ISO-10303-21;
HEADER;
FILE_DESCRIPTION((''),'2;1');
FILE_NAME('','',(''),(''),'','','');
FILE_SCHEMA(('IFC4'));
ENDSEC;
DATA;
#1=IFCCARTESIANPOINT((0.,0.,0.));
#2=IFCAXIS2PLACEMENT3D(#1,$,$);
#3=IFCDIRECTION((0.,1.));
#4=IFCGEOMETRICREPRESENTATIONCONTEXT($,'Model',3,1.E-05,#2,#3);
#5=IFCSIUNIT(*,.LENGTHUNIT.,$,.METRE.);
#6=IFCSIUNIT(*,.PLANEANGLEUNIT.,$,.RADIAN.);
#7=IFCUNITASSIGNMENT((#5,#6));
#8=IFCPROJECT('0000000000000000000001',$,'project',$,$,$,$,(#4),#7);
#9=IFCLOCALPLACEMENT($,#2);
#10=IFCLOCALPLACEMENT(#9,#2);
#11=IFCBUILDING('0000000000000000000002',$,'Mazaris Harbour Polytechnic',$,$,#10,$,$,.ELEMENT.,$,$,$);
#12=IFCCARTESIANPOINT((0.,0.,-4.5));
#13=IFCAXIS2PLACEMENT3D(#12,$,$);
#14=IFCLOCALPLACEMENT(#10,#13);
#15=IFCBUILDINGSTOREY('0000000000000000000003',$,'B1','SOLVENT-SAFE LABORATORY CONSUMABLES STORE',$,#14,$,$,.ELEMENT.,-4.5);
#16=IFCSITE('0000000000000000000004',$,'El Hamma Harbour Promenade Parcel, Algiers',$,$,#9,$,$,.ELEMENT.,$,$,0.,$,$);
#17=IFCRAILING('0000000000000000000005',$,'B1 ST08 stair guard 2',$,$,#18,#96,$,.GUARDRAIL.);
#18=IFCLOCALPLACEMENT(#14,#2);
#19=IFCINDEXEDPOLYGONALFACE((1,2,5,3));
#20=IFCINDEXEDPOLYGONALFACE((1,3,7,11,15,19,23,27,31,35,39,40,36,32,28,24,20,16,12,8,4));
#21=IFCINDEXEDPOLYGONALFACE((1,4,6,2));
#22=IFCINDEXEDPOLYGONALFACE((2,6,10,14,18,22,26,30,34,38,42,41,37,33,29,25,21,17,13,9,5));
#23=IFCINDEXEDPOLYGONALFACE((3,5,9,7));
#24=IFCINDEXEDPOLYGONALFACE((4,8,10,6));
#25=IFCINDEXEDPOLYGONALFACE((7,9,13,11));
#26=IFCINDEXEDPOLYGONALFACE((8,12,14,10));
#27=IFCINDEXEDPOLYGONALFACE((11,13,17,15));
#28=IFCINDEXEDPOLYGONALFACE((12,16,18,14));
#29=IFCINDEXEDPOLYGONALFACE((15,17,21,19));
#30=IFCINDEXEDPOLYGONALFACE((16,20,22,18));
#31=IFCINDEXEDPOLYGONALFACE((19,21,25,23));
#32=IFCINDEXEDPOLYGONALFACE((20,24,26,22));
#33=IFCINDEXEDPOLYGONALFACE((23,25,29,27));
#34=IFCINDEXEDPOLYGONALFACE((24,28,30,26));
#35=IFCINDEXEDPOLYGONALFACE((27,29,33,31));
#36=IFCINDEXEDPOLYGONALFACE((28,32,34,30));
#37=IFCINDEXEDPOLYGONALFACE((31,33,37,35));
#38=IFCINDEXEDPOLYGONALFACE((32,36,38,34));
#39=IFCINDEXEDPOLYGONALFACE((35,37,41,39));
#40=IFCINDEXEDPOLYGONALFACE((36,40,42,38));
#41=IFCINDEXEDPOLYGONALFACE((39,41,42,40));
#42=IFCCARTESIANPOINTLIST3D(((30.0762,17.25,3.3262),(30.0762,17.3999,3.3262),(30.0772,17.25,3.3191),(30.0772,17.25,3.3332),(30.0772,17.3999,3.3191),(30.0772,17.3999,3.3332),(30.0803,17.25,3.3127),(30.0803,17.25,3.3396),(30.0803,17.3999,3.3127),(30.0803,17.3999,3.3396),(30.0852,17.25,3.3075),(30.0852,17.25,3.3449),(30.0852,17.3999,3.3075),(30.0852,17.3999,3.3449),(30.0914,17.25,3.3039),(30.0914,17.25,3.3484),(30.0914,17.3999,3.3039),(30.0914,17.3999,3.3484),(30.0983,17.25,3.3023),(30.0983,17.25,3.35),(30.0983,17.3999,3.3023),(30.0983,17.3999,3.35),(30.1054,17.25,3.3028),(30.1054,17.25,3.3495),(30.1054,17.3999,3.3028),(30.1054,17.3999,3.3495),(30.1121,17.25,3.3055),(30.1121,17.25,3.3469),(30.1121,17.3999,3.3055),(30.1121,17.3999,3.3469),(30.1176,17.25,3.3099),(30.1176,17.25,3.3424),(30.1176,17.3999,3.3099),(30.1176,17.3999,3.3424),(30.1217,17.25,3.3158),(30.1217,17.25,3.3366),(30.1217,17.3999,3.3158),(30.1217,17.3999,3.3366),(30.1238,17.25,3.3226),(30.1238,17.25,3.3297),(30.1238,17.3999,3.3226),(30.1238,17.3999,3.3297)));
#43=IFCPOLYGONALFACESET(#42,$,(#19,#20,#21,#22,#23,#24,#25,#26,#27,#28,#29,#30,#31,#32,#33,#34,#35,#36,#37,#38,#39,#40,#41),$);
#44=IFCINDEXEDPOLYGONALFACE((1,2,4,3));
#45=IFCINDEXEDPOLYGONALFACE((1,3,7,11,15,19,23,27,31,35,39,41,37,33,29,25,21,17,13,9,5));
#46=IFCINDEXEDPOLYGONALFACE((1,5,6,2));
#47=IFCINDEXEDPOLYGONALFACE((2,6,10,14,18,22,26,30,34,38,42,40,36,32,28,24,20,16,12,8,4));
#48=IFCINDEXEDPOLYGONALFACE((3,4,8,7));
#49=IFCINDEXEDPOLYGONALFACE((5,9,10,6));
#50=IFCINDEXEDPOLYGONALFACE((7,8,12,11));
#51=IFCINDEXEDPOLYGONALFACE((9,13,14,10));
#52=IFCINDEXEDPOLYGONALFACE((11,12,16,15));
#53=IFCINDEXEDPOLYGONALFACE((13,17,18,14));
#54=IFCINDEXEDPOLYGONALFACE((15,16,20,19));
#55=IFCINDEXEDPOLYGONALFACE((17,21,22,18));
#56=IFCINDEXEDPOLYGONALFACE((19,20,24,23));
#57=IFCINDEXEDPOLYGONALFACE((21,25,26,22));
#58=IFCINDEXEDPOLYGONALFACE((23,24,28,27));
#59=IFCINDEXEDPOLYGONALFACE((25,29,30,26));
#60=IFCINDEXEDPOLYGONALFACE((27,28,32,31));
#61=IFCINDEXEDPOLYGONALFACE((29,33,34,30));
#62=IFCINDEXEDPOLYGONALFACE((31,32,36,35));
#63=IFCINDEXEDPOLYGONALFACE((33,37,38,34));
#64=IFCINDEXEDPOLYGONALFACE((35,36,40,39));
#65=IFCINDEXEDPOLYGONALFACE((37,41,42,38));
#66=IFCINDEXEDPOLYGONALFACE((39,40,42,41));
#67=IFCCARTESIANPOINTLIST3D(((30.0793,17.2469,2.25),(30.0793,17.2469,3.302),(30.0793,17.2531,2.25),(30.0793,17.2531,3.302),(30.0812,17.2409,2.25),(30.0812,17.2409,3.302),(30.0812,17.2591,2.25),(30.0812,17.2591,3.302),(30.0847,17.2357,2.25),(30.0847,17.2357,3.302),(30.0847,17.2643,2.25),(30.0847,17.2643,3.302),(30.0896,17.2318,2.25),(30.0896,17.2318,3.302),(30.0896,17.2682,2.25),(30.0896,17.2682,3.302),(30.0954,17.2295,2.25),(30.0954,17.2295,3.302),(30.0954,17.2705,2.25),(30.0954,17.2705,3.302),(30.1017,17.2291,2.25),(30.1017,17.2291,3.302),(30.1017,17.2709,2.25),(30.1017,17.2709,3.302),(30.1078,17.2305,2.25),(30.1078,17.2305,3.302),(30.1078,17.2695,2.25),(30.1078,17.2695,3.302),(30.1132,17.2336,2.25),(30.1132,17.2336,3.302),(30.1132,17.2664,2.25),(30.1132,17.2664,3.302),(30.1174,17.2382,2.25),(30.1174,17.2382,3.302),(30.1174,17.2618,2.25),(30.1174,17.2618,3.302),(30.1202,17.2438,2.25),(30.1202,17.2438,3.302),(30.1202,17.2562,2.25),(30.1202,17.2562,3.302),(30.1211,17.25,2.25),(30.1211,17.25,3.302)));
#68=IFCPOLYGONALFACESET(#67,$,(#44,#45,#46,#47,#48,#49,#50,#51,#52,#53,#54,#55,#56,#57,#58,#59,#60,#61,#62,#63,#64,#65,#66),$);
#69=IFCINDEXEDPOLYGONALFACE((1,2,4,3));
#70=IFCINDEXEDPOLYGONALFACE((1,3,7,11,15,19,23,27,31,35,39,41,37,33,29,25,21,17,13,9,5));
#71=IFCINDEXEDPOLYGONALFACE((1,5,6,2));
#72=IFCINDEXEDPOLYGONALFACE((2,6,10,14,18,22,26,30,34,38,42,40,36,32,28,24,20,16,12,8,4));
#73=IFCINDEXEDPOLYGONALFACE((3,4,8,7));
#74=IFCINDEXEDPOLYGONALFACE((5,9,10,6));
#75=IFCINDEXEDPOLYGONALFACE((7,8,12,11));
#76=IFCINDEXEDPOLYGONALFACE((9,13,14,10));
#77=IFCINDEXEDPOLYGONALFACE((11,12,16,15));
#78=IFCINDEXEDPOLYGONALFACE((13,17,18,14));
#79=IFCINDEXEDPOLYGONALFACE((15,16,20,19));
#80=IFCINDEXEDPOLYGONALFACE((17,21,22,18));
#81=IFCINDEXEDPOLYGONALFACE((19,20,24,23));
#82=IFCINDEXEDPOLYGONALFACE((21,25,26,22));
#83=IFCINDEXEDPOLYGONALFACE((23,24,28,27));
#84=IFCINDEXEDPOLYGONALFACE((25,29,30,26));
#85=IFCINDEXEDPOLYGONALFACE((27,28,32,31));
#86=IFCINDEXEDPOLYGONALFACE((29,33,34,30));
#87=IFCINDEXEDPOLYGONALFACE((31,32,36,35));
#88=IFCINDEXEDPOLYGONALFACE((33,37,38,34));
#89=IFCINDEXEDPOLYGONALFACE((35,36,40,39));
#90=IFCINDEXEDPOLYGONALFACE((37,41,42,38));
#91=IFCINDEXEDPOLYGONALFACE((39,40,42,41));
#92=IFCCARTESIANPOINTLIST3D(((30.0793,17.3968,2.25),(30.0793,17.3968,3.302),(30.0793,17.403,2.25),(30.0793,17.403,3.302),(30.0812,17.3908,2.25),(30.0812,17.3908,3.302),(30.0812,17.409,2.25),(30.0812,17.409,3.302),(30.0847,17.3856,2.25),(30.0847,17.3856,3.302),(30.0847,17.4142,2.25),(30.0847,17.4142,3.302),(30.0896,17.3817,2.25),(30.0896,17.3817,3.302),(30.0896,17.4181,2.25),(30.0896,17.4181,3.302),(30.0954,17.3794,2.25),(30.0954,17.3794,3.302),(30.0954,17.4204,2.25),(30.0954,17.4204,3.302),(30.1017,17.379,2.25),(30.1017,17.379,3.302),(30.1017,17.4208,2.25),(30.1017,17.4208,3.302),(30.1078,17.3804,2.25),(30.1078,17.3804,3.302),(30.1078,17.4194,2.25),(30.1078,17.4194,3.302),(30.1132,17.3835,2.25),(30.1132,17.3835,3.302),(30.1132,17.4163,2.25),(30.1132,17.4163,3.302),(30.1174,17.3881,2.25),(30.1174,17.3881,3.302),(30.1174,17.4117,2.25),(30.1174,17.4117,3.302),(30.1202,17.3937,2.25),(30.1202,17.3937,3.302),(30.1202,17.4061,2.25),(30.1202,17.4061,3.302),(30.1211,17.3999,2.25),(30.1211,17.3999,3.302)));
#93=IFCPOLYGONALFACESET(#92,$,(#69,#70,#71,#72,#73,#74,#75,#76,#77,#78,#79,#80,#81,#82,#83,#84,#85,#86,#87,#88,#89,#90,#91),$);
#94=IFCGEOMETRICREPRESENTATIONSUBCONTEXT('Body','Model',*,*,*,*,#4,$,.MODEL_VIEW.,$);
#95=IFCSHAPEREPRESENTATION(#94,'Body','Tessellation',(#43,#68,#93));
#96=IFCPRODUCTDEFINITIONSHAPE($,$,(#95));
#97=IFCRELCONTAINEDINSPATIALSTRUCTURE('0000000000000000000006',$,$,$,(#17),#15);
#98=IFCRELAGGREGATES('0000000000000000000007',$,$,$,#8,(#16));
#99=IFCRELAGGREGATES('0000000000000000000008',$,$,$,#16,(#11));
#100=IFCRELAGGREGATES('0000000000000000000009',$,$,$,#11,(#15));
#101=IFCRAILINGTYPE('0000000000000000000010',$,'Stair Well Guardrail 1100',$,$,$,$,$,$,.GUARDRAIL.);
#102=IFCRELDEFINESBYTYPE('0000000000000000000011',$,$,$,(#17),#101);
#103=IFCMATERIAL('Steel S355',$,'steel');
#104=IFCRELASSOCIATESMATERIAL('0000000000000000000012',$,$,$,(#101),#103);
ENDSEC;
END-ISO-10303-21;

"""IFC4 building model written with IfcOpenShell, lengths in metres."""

from ifc_helpers import new_model, si_unit, direction, frame, origin, origin_2d, place, context, subcontext, project, spatial, circle, extrude, material, type_object, element, save


model = new_model("IFC4")

# Units and contexts
model_context = context("Model", 3, precision=1e-05, world=origin(), true_north=direction((0.0, 1.0)))
body_context = subcontext(model_context, "Body", "Model", "MODEL_VIEW")
ifc_project = project(units=[si_unit("LENGTHUNIT", "METRE"), si_unit("PLANEANGLEUNIT", "RADIAN")], contexts=[model_context])

# Site, building, storey
site_placement = place(None, origin())
site = spatial("IfcSite", under=ifc_project, at=site_placement, Name="El Hamma Harbour Promenade Parcel, Algiers", CompositionType="ELEMENT", RefElevation=0.0)
building_placement = place(site_placement, origin())
building = spatial("IfcBuilding", under=site, at=building_placement, Name="Mazaris Harbour Polytechnic", CompositionType="ELEMENT")
storey_placement = place(building_placement, frame((0.0, 0.0, -4.5)))
storey = spatial("IfcBuildingStorey", under=building, at=storey_placement, Name="B1", Description="SOLVENT-SAFE LABORATORY CONSUMABLES STORE", CompositionType="ELEMENT", Elevation=-4.5)

# Railing
ifc_material_1 = material(Name="Steel S355", Category="steel")
railing_type_1 = type_object("IfcRailingType", Name="Stair Well Guardrail 1100", PredefinedType="GUARDRAIL", material=ifc_material_1)
railing_1_placement = place(storey_placement, frame((30.1001, 17.25, 2.25)))
element("IfcRailing", 1, at=railing_1_placement, inside=storey, type_object=railing_type_1, Name="B1 ST08 stair guard 2", PredefinedType="GUARDRAIL", context=body_context, shape_type="SweptSolid", body=[
    extrude(circle(Radius=0.0239, at=origin_2d()), frame((0.0, 0.0, 1.0762), z_axis=(0.0, 1.0, 0.0), x_axis=(-1.0, 0.0, 0.0)), (0.0, 0.0, 1.0), 0.1499),
    extrude(circle(Radius=0.021, at=origin_2d()), origin(), (0.0, 0.0, 1.0), 1.052),
    extrude(circle(Radius=0.021, at=origin_2d()), frame((0.0, 0.1499, 0.0)), (0.0, 0.0, 1.0), 1.052),
])

save(model, "model.ifc")
